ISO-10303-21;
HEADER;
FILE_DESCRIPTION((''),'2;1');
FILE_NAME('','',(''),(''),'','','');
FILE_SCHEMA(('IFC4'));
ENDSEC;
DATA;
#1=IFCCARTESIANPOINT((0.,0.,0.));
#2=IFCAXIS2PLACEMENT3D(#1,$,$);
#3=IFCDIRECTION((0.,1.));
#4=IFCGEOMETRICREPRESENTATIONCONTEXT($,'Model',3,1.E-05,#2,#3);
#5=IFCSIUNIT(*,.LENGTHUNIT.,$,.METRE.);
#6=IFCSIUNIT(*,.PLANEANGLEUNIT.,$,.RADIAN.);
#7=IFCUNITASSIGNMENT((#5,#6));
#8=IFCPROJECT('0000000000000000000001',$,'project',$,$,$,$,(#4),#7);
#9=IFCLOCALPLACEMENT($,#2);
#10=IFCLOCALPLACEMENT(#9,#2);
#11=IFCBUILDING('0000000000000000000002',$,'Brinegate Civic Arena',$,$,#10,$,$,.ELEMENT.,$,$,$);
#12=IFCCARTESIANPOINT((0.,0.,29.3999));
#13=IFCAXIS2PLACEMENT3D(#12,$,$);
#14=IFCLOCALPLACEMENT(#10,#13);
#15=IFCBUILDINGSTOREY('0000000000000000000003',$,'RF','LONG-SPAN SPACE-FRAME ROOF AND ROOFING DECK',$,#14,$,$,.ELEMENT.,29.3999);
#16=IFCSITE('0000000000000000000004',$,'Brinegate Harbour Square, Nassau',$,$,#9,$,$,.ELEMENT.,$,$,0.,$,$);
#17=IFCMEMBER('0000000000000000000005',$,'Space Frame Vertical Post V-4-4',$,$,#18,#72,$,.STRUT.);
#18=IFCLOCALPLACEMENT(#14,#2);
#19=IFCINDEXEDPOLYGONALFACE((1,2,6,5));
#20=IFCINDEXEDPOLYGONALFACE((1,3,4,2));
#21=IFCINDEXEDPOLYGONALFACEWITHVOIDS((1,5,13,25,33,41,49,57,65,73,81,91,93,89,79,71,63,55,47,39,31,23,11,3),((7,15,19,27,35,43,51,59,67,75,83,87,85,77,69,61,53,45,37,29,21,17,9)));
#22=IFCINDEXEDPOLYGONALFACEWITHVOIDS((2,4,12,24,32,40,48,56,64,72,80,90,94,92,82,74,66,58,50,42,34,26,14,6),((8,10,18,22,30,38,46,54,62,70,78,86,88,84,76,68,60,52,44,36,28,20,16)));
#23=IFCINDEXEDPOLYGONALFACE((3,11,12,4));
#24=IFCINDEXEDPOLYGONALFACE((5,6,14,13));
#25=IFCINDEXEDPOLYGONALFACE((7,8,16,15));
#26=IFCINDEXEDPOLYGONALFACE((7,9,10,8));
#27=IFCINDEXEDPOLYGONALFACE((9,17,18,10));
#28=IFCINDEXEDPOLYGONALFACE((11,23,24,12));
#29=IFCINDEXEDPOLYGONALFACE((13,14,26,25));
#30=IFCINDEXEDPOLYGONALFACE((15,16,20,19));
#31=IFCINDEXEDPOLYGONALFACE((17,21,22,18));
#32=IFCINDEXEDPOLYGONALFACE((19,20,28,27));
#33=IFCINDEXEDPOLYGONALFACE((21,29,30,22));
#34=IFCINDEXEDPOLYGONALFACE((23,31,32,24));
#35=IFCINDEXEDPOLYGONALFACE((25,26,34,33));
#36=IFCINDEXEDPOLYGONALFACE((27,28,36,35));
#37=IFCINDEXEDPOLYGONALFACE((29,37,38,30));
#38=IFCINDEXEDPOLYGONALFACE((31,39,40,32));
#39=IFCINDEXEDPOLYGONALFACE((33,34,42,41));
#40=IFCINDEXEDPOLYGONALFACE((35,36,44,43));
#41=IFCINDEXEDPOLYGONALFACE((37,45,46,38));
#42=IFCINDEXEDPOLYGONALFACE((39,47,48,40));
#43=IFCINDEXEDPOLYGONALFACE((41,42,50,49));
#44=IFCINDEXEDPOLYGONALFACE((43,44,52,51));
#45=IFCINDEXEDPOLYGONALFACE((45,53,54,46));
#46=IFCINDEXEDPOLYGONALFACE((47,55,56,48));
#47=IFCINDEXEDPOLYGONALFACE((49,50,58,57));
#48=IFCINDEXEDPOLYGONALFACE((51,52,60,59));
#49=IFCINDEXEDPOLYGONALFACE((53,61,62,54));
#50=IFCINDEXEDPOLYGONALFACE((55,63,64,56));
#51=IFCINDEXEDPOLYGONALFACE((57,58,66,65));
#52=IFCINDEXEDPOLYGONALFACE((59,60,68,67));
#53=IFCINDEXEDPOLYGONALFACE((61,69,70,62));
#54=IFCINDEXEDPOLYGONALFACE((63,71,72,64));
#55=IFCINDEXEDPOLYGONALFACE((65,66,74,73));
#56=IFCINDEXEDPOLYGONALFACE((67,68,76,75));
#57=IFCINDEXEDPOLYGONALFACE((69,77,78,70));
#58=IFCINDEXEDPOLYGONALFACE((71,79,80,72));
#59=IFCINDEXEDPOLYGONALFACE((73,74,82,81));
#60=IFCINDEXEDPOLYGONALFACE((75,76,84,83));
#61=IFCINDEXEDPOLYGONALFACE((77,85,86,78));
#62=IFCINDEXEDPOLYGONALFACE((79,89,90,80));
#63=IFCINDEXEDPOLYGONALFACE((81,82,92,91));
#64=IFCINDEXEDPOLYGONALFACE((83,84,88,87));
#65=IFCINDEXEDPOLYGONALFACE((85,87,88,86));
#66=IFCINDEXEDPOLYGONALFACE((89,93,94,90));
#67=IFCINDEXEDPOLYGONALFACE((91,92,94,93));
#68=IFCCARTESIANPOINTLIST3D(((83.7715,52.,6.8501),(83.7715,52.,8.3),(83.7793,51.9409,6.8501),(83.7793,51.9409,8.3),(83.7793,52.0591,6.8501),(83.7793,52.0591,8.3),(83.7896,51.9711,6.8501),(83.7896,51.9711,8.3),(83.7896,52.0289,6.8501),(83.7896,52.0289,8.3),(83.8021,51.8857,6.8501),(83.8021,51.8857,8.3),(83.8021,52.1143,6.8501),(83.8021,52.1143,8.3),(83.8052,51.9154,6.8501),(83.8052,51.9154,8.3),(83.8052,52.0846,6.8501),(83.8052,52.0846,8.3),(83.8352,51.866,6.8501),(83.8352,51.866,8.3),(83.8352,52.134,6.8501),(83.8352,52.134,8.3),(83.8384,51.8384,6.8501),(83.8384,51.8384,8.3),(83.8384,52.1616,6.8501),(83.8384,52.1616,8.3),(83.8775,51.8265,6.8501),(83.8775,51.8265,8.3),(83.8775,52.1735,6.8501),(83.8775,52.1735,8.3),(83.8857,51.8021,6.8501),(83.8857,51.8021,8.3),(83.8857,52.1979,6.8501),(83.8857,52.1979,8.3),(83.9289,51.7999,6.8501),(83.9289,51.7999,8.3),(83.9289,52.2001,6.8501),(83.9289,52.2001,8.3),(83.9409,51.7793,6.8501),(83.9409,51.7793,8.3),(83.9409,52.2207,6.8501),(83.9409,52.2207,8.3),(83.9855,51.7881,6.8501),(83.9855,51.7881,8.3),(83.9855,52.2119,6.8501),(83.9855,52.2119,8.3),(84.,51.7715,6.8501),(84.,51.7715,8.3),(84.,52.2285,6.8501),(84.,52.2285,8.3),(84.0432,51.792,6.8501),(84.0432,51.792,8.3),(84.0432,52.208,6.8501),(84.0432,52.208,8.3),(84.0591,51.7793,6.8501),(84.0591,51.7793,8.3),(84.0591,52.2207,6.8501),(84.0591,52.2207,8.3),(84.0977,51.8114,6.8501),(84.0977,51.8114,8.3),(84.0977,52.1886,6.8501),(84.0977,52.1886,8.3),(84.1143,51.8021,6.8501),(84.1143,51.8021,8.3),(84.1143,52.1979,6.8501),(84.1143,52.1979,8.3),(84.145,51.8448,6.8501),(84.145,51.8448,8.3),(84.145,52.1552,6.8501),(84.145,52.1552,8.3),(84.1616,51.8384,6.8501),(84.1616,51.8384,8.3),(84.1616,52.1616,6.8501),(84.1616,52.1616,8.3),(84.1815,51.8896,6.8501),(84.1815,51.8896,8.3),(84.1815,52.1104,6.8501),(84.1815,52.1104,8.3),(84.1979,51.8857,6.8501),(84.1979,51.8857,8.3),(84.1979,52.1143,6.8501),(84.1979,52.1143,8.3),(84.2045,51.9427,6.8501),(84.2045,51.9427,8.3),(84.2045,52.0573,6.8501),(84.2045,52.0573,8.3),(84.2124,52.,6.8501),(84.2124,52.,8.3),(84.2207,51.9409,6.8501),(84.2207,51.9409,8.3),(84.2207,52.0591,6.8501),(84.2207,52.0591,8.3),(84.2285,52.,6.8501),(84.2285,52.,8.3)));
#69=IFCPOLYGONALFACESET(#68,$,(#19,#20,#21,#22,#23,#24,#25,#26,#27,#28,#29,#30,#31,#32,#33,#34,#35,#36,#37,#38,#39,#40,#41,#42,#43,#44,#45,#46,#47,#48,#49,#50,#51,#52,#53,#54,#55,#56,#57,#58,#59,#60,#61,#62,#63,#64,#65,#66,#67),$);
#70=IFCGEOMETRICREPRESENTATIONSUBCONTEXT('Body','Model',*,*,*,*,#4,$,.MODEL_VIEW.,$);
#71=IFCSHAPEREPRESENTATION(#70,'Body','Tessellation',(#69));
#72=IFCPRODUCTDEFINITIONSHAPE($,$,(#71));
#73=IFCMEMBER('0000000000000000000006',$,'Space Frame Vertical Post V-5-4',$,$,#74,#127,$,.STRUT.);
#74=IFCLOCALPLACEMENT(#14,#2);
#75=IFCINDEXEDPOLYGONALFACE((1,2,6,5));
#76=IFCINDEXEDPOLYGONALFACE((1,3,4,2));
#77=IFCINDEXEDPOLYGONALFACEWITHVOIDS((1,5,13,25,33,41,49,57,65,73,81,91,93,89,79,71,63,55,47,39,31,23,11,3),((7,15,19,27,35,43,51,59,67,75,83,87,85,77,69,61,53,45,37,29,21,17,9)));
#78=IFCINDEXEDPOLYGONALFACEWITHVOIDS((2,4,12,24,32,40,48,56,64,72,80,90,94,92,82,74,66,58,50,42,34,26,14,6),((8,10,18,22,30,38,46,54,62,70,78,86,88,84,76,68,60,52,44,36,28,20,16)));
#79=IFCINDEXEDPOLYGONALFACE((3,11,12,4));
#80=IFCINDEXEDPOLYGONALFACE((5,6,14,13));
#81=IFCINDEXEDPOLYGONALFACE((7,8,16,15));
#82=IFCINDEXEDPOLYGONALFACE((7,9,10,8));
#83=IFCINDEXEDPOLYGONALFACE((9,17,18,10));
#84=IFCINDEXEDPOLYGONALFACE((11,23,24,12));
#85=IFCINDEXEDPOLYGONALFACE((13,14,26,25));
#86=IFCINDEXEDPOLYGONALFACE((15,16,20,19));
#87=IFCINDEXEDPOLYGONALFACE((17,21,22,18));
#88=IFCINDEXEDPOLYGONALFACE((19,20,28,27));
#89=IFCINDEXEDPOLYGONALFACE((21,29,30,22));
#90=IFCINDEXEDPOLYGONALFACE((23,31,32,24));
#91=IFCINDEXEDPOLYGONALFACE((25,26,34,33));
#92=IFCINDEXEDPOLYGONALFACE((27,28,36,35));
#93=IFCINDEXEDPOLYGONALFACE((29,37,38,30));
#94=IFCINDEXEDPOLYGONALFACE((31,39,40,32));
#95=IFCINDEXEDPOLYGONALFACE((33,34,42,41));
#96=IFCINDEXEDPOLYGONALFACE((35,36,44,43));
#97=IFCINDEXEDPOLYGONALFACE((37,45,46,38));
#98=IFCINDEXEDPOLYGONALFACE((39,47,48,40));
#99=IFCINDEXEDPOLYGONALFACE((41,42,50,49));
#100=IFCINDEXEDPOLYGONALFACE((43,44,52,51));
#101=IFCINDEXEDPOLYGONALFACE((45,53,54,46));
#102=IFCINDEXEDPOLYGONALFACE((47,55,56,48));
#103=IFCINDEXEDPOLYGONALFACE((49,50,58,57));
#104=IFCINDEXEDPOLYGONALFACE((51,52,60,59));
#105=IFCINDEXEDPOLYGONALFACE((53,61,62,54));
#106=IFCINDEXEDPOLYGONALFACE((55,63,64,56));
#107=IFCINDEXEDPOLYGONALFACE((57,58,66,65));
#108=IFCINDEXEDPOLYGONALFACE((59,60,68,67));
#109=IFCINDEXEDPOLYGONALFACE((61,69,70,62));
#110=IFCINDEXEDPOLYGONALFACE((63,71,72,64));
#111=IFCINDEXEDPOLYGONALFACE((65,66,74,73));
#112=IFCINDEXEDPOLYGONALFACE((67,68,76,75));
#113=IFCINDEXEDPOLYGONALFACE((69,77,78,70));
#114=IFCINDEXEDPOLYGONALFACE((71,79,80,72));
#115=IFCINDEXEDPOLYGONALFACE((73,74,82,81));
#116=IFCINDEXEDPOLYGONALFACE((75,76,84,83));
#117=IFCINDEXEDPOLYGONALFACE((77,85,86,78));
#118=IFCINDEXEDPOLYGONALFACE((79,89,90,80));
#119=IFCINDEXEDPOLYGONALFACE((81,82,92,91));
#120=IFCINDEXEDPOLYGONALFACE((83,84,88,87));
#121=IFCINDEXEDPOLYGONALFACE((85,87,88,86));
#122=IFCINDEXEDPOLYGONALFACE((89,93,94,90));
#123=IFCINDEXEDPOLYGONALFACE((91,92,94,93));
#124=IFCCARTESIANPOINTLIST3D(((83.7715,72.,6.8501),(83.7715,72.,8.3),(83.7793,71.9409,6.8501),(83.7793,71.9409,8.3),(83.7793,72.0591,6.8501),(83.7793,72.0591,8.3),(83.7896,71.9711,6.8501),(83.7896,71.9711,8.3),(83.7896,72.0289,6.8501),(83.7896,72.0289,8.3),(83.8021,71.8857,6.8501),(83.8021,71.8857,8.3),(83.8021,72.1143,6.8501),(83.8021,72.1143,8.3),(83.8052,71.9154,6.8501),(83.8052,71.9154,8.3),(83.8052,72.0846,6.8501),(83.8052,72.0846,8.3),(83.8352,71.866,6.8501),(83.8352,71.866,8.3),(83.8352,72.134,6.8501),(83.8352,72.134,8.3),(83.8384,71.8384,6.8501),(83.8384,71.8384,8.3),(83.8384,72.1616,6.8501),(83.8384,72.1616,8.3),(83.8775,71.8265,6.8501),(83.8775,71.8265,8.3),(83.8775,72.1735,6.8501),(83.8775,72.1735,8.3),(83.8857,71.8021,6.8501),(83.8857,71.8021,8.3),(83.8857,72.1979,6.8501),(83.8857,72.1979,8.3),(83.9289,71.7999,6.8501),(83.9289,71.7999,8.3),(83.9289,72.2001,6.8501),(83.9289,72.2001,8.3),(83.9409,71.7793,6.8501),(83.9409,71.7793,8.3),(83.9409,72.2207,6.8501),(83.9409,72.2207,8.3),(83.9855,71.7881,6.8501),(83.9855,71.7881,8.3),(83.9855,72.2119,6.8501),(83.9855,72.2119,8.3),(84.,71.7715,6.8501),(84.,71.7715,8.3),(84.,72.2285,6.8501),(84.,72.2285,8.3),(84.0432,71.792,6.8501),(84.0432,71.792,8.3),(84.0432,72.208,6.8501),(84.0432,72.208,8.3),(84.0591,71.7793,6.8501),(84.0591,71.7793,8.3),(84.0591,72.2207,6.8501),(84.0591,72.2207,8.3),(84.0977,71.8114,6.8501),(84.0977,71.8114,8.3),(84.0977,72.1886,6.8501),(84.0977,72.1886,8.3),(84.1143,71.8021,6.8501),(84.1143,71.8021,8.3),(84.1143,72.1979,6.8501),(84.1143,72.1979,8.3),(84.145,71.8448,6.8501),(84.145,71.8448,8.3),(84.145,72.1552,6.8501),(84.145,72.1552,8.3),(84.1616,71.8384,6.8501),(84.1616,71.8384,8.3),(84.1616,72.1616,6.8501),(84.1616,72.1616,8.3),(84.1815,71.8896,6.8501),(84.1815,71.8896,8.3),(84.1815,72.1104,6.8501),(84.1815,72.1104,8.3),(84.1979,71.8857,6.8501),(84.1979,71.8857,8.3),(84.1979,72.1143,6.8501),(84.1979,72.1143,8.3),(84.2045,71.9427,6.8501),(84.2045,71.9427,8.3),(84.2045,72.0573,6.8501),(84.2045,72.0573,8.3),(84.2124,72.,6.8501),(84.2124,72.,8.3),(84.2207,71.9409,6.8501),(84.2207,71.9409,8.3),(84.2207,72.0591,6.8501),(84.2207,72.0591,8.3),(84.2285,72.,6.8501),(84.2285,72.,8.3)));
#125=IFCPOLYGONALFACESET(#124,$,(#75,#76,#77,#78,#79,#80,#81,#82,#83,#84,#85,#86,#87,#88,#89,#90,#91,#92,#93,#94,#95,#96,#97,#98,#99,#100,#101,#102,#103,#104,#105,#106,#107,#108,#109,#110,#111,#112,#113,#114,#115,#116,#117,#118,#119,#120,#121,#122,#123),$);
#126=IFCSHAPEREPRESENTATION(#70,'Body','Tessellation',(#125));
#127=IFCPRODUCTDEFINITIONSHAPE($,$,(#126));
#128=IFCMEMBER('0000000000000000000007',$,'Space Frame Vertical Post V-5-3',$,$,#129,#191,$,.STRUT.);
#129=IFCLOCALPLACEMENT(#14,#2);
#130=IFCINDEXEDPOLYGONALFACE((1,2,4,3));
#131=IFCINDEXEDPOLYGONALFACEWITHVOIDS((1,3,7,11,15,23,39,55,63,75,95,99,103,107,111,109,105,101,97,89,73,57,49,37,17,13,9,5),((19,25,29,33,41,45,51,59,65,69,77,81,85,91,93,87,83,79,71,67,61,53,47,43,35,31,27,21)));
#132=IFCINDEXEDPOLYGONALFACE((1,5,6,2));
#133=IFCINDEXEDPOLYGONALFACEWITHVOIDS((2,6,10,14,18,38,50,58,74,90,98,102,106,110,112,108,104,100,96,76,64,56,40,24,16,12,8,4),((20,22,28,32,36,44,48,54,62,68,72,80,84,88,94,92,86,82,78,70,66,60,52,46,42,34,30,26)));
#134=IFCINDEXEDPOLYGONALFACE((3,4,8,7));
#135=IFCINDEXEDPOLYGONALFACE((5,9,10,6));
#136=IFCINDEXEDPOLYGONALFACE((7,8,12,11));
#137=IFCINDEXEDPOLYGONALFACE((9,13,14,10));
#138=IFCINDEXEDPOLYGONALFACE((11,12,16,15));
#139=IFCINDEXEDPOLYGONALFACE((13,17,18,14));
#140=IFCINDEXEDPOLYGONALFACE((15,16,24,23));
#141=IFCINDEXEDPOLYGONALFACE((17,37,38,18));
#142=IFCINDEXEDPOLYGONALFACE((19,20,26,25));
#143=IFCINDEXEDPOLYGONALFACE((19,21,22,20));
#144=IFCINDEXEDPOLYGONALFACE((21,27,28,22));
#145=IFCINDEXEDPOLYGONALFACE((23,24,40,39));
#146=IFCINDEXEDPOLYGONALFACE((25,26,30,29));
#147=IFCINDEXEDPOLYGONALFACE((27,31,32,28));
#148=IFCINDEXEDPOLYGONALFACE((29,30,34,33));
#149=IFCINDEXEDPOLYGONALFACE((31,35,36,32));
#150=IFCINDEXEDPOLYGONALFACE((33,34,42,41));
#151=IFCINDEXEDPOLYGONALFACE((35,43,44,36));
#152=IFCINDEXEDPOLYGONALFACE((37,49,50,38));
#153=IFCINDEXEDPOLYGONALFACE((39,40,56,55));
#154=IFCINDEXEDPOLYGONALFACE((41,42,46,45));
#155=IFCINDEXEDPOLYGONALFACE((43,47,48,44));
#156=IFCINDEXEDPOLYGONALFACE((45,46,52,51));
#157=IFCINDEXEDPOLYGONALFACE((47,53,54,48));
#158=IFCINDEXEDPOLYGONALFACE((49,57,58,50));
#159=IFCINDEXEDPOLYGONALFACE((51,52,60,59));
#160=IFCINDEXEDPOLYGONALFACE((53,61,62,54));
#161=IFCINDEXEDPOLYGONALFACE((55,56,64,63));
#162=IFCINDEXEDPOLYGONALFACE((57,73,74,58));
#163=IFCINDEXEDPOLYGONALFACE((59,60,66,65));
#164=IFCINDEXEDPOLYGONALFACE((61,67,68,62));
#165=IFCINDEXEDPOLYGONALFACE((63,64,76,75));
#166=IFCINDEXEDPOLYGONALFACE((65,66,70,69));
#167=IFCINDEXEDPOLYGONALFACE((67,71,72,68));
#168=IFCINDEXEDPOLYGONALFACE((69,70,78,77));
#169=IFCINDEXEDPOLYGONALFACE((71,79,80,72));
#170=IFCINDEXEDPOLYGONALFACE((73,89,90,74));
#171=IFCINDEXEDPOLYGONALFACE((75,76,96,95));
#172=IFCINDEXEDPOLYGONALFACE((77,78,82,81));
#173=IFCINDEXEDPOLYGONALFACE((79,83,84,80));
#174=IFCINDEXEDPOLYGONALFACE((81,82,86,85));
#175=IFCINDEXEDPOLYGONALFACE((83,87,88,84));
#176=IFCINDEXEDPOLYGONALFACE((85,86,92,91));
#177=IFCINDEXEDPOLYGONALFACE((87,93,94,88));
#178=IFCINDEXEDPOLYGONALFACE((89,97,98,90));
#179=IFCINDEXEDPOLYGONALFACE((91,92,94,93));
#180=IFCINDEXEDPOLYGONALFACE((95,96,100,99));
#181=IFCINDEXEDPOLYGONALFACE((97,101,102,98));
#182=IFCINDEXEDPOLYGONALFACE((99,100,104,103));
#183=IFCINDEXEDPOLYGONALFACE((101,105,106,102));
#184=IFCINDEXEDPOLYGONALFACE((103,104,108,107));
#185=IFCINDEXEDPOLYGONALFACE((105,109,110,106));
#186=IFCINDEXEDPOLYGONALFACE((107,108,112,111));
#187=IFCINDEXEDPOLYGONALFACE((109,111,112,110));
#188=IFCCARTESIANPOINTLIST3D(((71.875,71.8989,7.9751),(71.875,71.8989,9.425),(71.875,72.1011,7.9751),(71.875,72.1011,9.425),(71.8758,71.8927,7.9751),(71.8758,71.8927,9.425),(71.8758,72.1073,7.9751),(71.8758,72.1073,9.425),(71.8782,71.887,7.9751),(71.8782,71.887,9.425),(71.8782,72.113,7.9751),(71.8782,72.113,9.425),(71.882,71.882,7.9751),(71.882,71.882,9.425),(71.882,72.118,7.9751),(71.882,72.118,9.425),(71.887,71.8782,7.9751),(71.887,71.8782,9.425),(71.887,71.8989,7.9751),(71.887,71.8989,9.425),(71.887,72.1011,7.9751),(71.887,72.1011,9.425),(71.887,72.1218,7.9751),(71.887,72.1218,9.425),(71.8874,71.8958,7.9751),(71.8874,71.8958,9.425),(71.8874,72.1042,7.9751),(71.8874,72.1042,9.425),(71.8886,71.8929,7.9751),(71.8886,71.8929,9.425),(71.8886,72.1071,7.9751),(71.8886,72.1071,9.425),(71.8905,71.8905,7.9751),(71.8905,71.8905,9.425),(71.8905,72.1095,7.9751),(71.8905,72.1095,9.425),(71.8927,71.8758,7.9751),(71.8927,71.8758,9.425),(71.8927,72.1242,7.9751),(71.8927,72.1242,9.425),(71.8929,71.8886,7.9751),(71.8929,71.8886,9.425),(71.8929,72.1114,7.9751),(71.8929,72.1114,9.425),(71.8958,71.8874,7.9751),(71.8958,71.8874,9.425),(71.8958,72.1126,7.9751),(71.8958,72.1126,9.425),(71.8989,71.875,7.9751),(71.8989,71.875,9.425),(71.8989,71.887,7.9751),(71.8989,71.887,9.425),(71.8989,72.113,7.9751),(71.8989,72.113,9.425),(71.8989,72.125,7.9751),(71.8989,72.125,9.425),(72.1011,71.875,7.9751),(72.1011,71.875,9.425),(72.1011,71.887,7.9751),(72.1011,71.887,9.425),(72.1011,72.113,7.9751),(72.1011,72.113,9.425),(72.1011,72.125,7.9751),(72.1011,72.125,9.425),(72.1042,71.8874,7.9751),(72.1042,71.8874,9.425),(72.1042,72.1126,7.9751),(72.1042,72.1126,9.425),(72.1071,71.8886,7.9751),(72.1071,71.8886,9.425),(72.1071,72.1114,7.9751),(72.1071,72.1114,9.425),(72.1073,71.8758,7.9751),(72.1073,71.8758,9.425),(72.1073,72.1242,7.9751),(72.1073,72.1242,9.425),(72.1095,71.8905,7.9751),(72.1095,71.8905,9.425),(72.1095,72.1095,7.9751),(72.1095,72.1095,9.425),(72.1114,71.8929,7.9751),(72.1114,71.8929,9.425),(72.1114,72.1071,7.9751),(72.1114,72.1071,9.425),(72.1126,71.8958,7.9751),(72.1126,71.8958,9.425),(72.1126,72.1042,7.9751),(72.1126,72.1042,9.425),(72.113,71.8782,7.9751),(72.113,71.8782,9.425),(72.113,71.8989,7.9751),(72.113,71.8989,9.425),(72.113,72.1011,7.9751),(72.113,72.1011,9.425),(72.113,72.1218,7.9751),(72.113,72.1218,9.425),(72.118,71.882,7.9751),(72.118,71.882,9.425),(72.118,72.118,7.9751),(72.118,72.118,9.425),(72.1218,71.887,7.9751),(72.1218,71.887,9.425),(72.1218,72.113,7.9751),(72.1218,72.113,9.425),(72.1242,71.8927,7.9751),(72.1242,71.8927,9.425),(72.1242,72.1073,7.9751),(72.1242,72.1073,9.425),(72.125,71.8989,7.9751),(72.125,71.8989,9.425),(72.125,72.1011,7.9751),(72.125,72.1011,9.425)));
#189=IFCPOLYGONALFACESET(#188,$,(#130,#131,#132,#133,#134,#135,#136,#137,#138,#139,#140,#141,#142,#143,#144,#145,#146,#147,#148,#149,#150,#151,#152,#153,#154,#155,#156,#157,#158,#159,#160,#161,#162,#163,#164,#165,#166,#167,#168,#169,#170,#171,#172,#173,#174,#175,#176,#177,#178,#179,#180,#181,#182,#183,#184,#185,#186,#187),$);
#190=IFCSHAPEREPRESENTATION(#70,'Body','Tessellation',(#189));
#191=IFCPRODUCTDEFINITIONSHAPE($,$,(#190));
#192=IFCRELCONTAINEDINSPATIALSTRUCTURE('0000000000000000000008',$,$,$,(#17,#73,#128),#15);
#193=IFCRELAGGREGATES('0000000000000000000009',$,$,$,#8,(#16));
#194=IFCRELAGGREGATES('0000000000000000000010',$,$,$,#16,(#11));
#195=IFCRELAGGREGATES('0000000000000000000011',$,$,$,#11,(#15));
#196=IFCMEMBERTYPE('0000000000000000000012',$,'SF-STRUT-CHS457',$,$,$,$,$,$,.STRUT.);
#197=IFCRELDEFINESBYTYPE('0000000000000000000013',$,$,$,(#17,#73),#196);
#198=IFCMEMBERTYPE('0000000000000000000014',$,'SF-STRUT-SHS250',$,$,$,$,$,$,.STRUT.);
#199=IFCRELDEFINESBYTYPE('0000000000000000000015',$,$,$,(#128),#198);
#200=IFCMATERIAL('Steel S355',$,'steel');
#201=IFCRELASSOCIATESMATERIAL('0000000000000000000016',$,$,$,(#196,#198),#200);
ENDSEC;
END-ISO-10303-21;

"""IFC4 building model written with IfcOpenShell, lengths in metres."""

from ifc_helpers import new_model, si_unit, direction, frame, origin, origin_2d, place, context, subcontext, project, spatial, hollow_rectangle, hollow_circle, extrude, material, material_profile, profile_set, type_object, element, save


model = new_model("IFC4")

# Units and contexts
model_context = context("Model", 3, precision=1e-05, world=origin(), true_north=direction((0.0, 1.0)))
body_context = subcontext(model_context, "Body", "Model", "MODEL_VIEW")
ifc_project = project(units=[si_unit("LENGTHUNIT", "METRE"), si_unit("PLANEANGLEUNIT", "RADIAN")], contexts=[model_context])

# Site, building, storey
site_placement = place(None, origin())
site = spatial("IfcSite", under=ifc_project, at=site_placement, Name="Brinegate Harbour Square, Nassau", CompositionType="ELEMENT", RefElevation=0.0)
building_placement = place(site_placement, origin())
building = spatial("IfcBuilding", under=site, at=building_placement, Name="Brinegate Civic Arena", CompositionType="ELEMENT")
storey_placement = place(building_placement, frame((0.0, 0.0, 29.3999)))
storey = spatial("IfcBuildingStorey", under=building, at=storey_placement, Name="RF", Description="LONG-SPAN SPACE-FRAME ROOF AND ROOFING DECK", CompositionType="ELEMENT", Elevation=29.3999)

# Members
ifc_material = material(Name="Steel S355", Category="steel")
ifc_material_profile_1 = material_profile(ifc_material, hollow_circle(Radius=0.2285, WallThickness=0.0161, at=origin_2d()), Name="CHS457X16")
ifc_profile_set_1 = profile_set([ifc_material_profile_1], Name="Steel S355")
member_type_1 = type_object("IfcMemberType", Name="SF-STRUT-CHS457", PredefinedType="STRUT", material=ifc_profile_set_1)
for number, where, z_axis, x_axis, name in (
    (1, (84.0, 52.0, 6.8501), (0.0, 0.0, 1.0), (1.0, 0.0, 0.0), "Space Frame Vertical Post V-4-4"),
    (2, (84.0, 72.0, 6.8501), (0.0, 0.0, 1.0), (1.0, 0.0, 0.0), "Space Frame Vertical Post V-5-4"),
):
    element("IfcMember", number, at=place(storey_placement, frame(where, z_axis=z_axis, x_axis=x_axis)), inside=storey, type_object=member_type_1, Name=name, PredefinedType="STRUT", context=body_context, shape_type="SweptSolid", body=[
        extrude(hollow_circle(Radius=0.2285, WallThickness=0.0161, at=origin_2d()), origin(), (0.0, 0.0, 1.0), 1.45),
    ])
ifc_material_profile_2 = material_profile(ifc_material, hollow_rectangle(XDim=0.25, YDim=0.25, WallThickness=0.012, InnerFilletRadius=0.012, OuterFilletRadius=0.0239, at=origin_2d()), Name="SHS250X12")
ifc_profile_set_2 = profile_set([ifc_material_profile_2], Name="Steel S355")
member_type_2 = type_object("IfcMemberType", Name="SF-STRUT-SHS250", PredefinedType="STRUT", material=ifc_profile_set_2)
member_1_placement = place(storey_placement, frame((72.0, 72.0, 7.9751), z_axis=(0.0, 0.0, 1.0), x_axis=(1.0, 0.0, 0.0)))
element("IfcMember", 3, at=member_1_placement, inside=storey, type_object=member_type_2, Name="Space Frame Vertical Post V-5-3", PredefinedType="STRUT", context=body_context, shape_type="SweptSolid", body=[
    extrude(hollow_rectangle(XDim=0.25, YDim=0.25, WallThickness=0.012, InnerFilletRadius=0.012, OuterFilletRadius=0.0239, at=origin_2d()), origin(), (0.0, 0.0, 1.0), 1.45),
])

save(model, "model.ifc")
